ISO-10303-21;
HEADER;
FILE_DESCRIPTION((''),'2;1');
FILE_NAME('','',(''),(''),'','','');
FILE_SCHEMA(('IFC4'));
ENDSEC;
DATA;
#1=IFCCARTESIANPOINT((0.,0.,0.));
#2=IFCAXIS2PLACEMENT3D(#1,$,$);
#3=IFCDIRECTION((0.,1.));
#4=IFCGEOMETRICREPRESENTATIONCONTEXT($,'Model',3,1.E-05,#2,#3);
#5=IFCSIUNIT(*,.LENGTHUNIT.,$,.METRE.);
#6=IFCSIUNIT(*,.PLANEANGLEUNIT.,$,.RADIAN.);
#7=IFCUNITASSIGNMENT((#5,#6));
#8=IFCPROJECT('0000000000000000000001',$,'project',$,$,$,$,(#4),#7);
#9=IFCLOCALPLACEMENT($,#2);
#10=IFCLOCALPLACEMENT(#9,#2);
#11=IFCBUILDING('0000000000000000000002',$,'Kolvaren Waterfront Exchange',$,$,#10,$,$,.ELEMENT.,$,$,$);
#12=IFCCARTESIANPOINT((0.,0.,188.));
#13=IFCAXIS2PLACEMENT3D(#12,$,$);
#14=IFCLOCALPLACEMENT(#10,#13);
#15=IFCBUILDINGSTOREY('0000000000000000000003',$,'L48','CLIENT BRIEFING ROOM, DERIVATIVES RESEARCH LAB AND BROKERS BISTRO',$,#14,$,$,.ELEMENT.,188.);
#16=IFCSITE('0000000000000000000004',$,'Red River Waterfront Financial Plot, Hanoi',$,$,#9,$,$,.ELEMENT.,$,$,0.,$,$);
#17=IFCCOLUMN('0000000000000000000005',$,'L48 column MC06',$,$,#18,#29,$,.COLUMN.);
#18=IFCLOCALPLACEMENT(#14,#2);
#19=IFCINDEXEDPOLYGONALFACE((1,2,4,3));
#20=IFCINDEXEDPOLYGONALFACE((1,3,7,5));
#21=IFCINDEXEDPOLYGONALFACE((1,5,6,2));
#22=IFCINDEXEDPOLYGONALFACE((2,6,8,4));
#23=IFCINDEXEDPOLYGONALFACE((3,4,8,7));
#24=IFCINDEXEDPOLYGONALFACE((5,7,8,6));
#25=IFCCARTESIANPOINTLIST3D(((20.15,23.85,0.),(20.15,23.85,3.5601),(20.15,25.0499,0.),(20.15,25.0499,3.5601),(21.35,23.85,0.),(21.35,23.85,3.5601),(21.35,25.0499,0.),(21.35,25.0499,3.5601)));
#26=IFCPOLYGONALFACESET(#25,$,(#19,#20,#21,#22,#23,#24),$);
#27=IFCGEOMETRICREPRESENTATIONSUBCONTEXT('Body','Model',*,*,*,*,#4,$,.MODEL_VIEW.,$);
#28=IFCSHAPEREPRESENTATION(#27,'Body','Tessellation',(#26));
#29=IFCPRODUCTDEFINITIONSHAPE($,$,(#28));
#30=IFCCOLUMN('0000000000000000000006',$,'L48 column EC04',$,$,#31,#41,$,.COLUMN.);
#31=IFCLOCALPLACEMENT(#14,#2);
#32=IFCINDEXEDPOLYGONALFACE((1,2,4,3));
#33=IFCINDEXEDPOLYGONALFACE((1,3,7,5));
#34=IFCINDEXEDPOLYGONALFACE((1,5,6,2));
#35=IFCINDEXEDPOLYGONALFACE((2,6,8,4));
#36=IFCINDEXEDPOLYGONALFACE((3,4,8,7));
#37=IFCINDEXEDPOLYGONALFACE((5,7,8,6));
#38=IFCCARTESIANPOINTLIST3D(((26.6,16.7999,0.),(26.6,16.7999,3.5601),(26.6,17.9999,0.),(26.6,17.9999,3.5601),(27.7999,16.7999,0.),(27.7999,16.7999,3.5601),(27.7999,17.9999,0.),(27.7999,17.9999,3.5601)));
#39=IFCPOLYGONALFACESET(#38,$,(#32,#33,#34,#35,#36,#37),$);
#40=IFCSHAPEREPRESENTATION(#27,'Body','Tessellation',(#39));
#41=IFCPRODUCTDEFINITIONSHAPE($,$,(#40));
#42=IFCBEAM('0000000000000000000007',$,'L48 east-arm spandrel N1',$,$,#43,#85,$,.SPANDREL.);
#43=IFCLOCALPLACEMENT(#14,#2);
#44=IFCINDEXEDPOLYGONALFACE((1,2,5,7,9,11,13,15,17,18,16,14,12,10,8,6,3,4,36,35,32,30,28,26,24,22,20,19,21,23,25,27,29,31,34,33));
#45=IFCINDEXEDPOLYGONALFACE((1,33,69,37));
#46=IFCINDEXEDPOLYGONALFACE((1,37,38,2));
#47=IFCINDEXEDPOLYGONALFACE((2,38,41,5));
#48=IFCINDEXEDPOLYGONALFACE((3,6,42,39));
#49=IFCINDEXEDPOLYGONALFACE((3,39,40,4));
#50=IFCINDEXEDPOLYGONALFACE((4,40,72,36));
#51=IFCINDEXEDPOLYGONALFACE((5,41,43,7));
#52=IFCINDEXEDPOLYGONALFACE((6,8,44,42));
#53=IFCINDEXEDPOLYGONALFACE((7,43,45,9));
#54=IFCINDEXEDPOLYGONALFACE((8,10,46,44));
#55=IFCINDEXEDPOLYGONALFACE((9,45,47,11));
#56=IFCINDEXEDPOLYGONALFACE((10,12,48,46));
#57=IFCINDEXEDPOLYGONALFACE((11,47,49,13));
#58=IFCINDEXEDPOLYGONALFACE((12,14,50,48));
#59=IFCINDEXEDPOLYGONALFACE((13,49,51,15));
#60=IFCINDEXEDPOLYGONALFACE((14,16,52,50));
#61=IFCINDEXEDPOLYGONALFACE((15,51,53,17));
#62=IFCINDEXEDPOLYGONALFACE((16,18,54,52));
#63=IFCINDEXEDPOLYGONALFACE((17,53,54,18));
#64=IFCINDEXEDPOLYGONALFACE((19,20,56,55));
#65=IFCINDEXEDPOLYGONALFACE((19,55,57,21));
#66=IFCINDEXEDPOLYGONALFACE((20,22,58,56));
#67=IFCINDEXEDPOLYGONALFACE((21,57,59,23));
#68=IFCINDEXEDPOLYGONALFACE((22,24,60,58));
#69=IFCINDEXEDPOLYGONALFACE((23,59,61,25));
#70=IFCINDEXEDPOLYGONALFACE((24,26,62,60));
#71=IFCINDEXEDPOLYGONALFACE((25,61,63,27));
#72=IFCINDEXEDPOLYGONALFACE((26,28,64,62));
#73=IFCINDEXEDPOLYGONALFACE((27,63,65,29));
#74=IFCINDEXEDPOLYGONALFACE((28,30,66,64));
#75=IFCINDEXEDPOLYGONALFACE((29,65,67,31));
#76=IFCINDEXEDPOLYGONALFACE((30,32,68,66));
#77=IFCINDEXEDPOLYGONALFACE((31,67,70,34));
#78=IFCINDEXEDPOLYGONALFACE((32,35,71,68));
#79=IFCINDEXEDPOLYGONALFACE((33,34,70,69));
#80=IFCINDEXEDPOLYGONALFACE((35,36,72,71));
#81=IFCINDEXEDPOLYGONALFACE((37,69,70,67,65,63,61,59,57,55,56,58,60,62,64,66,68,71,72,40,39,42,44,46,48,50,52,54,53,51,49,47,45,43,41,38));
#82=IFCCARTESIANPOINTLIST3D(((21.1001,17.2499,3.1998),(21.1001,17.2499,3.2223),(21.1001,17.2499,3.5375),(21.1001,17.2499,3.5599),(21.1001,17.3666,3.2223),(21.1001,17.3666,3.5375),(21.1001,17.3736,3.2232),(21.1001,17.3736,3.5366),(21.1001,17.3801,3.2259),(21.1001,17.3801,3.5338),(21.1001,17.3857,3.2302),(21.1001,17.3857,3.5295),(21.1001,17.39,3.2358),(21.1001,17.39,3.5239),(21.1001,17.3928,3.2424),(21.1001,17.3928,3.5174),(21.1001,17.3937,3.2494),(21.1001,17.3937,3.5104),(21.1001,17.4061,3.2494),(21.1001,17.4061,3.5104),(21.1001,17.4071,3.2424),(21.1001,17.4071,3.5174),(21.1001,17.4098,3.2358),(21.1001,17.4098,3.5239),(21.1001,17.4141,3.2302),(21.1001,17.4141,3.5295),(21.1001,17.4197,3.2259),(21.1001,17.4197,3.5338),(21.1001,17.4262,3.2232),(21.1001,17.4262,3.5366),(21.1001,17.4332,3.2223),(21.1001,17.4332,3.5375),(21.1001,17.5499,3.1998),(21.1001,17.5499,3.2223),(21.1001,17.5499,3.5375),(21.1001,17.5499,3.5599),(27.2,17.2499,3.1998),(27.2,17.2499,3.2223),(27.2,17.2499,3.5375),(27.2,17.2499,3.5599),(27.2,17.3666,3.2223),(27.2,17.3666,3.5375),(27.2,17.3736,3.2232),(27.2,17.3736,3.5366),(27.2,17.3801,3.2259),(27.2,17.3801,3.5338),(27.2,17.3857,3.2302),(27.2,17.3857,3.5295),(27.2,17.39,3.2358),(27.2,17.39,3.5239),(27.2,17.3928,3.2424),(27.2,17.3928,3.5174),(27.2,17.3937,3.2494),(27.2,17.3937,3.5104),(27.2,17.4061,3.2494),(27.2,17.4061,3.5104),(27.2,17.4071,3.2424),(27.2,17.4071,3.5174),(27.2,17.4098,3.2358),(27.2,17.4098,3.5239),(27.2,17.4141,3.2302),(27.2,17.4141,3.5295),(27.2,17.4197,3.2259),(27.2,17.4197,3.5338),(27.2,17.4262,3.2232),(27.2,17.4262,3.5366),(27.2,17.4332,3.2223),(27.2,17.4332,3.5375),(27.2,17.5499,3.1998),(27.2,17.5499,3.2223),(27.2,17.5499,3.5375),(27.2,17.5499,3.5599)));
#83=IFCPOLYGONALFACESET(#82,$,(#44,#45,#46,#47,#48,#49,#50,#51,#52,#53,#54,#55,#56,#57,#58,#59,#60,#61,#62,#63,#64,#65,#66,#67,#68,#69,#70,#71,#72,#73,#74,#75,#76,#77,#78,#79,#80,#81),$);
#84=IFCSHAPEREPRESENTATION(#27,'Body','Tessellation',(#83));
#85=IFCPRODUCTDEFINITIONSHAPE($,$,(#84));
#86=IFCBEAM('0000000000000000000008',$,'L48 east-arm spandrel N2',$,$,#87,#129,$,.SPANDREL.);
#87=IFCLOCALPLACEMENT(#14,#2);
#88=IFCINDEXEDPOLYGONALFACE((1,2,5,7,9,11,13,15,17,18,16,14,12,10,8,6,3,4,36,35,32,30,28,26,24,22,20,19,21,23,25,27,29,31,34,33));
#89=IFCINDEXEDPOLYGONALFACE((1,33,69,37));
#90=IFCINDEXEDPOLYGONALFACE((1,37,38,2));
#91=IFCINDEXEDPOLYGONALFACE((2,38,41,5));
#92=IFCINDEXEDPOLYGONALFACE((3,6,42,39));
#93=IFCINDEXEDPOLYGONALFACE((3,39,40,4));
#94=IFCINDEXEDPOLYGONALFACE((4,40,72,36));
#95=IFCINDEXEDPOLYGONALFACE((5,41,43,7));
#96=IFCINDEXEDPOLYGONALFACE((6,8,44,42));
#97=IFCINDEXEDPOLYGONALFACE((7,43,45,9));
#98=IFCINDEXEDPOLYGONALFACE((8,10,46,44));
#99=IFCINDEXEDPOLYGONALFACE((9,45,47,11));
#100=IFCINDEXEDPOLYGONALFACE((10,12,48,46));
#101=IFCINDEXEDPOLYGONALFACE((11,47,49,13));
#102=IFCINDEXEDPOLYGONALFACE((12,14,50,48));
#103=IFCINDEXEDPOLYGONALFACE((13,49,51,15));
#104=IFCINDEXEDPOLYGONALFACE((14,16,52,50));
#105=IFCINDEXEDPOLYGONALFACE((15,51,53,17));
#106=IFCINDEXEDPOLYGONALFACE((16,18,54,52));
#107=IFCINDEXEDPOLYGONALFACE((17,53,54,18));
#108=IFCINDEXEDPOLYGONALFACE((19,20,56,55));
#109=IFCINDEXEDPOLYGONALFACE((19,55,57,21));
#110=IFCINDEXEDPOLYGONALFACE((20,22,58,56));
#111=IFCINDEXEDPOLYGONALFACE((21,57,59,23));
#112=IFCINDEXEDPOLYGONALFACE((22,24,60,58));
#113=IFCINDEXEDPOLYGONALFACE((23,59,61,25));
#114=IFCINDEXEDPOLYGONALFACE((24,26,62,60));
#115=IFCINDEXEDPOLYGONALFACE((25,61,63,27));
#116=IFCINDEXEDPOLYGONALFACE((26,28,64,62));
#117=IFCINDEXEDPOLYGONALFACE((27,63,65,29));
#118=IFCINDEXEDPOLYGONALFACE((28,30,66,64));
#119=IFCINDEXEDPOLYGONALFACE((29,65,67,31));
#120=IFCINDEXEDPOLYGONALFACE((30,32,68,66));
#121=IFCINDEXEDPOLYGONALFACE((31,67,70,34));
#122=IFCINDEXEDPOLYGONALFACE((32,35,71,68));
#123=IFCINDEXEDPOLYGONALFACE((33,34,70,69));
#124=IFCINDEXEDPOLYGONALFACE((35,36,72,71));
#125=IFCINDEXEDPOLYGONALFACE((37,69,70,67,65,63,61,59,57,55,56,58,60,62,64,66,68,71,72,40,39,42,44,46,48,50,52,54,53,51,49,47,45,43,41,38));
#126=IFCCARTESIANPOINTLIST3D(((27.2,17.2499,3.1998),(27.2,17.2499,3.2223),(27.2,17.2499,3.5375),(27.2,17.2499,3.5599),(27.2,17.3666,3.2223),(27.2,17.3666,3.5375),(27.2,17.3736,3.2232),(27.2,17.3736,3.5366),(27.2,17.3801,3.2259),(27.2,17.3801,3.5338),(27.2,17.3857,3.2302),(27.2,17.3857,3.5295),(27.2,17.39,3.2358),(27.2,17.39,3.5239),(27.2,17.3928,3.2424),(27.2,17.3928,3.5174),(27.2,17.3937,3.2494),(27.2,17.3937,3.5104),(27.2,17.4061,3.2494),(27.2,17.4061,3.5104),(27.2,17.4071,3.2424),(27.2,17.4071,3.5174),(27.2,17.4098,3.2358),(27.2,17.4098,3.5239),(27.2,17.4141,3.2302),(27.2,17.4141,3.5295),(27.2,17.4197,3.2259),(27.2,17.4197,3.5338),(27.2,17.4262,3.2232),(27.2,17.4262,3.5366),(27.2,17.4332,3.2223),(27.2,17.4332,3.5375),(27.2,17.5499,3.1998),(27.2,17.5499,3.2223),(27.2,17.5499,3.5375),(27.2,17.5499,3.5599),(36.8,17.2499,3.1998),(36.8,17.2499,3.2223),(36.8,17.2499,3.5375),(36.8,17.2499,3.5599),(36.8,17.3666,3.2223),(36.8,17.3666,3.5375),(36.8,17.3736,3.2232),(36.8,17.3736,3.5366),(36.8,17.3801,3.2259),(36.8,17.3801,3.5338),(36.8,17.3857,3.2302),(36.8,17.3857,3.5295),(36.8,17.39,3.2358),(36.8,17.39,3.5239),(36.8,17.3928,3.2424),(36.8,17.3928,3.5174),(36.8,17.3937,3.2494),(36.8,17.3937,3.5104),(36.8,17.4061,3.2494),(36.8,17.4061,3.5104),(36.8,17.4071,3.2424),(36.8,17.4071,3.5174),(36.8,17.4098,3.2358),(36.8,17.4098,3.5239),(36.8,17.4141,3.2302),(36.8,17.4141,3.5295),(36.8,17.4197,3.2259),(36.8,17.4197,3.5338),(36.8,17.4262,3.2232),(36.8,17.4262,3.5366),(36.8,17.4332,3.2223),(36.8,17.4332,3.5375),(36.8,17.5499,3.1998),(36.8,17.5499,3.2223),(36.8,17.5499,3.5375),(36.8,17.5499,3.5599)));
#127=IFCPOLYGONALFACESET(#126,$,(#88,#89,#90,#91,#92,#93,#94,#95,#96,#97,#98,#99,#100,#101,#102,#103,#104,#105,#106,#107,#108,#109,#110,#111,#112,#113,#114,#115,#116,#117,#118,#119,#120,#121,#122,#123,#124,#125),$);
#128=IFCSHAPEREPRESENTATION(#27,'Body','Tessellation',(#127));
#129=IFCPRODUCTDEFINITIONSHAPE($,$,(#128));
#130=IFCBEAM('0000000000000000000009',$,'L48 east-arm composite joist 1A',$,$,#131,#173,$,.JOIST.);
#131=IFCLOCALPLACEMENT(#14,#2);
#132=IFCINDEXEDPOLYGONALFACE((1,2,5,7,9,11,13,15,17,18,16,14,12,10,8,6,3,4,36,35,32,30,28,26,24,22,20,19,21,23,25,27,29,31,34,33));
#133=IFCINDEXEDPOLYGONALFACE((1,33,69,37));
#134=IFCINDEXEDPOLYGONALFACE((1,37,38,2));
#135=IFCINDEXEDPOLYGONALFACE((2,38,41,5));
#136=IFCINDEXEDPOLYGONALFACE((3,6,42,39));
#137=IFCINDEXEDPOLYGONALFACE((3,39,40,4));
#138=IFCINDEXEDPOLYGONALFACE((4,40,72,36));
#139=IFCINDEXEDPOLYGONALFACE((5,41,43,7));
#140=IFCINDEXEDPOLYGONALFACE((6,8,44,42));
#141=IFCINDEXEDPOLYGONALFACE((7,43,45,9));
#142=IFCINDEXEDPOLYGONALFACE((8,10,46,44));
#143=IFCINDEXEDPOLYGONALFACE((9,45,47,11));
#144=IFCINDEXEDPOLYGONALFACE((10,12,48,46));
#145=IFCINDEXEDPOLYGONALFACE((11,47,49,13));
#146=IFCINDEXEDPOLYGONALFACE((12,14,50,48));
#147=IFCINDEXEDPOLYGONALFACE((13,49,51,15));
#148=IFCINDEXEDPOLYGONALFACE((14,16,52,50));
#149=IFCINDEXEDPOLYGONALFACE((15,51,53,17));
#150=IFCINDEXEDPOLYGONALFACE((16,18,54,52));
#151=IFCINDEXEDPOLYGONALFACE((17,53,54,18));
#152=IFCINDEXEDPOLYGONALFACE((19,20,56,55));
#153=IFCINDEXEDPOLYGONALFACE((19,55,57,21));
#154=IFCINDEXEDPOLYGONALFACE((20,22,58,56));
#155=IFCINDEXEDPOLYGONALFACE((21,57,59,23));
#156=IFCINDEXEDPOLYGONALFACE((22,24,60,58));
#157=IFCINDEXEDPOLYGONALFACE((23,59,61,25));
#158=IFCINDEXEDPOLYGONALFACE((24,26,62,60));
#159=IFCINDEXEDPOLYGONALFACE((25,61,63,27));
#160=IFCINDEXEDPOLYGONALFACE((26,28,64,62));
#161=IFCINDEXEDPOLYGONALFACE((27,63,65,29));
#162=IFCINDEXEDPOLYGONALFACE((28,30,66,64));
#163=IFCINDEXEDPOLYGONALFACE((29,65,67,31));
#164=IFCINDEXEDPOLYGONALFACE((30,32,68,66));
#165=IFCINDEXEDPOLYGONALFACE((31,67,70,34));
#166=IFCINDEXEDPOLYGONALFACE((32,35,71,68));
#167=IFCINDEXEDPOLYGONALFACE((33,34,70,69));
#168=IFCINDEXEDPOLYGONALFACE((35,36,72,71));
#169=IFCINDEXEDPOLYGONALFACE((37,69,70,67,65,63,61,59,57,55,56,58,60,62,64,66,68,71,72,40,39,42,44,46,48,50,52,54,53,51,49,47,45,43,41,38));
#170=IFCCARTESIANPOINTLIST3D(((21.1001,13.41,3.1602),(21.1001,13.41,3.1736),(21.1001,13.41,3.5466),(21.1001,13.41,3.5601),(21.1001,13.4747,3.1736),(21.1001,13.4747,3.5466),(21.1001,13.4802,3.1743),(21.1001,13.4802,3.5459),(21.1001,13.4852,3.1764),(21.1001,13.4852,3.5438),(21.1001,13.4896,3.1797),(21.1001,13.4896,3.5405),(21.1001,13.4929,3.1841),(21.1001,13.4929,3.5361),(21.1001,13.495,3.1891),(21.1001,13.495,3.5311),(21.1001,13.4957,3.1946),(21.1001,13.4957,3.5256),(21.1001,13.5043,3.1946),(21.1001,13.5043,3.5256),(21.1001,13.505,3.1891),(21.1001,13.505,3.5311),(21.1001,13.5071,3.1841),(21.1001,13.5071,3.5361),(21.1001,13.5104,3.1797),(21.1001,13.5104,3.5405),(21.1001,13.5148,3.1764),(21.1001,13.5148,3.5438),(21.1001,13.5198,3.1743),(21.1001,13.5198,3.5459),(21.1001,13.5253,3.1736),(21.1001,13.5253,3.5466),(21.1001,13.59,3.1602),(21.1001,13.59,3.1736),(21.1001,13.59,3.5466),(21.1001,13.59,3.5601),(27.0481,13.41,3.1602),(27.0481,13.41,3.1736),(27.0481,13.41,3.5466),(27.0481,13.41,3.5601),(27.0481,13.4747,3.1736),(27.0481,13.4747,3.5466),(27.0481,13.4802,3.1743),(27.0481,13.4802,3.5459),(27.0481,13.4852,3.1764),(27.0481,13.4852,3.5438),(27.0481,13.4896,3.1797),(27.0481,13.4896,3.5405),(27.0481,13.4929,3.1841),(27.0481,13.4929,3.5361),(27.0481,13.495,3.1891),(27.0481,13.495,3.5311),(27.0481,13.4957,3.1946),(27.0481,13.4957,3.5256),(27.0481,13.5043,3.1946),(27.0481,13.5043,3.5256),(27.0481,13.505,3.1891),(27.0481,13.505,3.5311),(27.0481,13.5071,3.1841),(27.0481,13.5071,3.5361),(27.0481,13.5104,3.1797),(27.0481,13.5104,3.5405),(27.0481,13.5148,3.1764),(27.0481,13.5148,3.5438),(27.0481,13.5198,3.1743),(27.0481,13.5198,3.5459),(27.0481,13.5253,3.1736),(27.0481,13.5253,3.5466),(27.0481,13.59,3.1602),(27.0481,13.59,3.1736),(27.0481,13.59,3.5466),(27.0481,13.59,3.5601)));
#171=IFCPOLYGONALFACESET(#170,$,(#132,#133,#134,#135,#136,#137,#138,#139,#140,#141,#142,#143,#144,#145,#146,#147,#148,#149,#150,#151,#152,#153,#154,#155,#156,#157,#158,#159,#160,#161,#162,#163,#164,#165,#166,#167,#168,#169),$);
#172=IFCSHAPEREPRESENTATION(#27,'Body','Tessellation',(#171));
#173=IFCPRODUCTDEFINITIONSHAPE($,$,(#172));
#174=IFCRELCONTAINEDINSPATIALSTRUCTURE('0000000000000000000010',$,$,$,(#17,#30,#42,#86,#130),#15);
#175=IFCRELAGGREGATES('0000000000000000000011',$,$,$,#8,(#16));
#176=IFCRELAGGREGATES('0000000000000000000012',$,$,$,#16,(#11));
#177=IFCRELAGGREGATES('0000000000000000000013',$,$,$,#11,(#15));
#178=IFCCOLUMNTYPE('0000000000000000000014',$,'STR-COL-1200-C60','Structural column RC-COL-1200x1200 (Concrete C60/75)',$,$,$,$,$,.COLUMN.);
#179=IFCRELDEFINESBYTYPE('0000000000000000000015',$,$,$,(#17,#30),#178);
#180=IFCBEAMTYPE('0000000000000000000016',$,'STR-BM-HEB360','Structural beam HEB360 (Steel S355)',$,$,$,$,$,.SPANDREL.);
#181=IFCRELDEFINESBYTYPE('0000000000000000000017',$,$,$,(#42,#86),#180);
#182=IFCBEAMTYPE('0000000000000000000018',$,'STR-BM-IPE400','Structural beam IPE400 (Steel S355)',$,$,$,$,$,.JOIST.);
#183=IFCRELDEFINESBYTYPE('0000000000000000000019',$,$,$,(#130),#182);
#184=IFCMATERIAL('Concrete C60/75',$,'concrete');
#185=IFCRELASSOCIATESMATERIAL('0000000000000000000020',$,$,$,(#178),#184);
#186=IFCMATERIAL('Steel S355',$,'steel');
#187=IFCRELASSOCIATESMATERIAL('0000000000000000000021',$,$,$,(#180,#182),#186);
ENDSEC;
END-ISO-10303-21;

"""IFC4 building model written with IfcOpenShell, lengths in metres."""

from ifc_helpers import new_model, si_unit, direction, frame, origin, origin_2d, place, context, subcontext, project, spatial, rectangle, i_section, extrude, material, material_profile, profile_set, type_object, element, save


model = new_model("IFC4")

# Units and contexts
model_context = context("Model", 3, precision=1e-05, world=origin(), true_north=direction((0.0, 1.0)))
body_context = subcontext(model_context, "Body", "Model", "MODEL_VIEW")
ifc_project = project(units=[si_unit("LENGTHUNIT", "METRE"), si_unit("PLANEANGLEUNIT", "RADIAN")], contexts=[model_context])

# Site, building, storey
site_placement = place(None, origin())
site = spatial("IfcSite", under=ifc_project, at=site_placement, Name="Red River Waterfront Financial Plot, Hanoi", CompositionType="ELEMENT", RefElevation=0.0)
building_placement = place(site_placement, origin())
building = spatial("IfcBuilding", under=site, at=building_placement, Name="Kolvaren Waterfront Exchange", CompositionType="ELEMENT")
storey_placement = place(building_placement, frame((0.0, 0.0, 188.0)))
storey = spatial("IfcBuildingStorey", under=building, at=storey_placement, Name="L48", Description="CLIENT BRIEFING ROOM, DERIVATIVES RESEARCH LAB AND BROKERS BISTRO", CompositionType="ELEMENT", Elevation=188.0)

# Columns
ifc_material_1 = material(Name="Concrete C60/75", Category="concrete")
ifc_material_profile_1 = material_profile(ifc_material_1, rectangle(XDim=1.2, YDim=1.2, at=origin_2d()), Name="RC-COL-1200x1200")
ifc_profile_set_1 = profile_set([ifc_material_profile_1], Name="Concrete C60/75")
column_type = type_object("IfcColumnType", Name="STR-COL-1200-C60", Description="Structural column RC-COL-1200x1200 (Concrete C60/75)", PredefinedType="COLUMN", material=ifc_profile_set_1)
for number, where, z_axis, x_axis, name in (
    (1, (20.75, 24.45, 0.0), (0.0, 0.0, 1.0), (1.0, 0.0, 0.0), "L48 column MC06"),
    (2, (27.2, 17.3999, 0.0), (0.0, 0.0, 1.0), (1.0, 0.0, 0.0), "L48 column EC04"),
):
    element("IfcColumn", number, at=place(storey_placement, frame(where, z_axis=z_axis, x_axis=x_axis)), inside=storey, type_object=column_type, Name=name, PredefinedType="COLUMN", context=body_context, shape_type="SweptSolid", body=[
        extrude(rectangle(XDim=1.2, YDim=1.2, at=origin_2d()), origin(), (0.0, 0.0, 1.0), 3.5601),
    ])

# Beams
ifc_material_2 = material(Name="Steel S355", Category="steel")
ifc_material_profile_2 = material_profile(ifc_material_2, i_section(OverallWidth=0.3, OverallDepth=0.3601, WebThickness=0.0125, FlangeThickness=0.0225, FilletRadius=0.0271, at=origin_2d()), Name="HEB360")
ifc_profile_set_2 = profile_set([ifc_material_profile_2], Name="Steel S355")
beam_type_1 = type_object("IfcBeamType", Name="STR-BM-HEB360", Description="Structural beam HEB360 (Steel S355)", PredefinedType="SPANDREL", material=ifc_profile_set_2)
beam_1_placement = place(storey_placement, frame((21.1001, 17.3999, 3.3799), z_axis=(1.0, 0.0, 0.0), x_axis=(0.0, 1.0, 0.0)))
element("IfcBeam", 3, at=beam_1_placement, inside=storey, type_object=beam_type_1, Name="L48 east-arm spandrel N1", PredefinedType="SPANDREL", context=body_context, shape_type="SweptSolid", body=[
    extrude(i_section(OverallWidth=0.3, OverallDepth=0.3601, WebThickness=0.0125, FlangeThickness=0.0225, FilletRadius=0.0271, at=origin_2d()), origin(), (0.0, 0.0, 1.0), 6.0999),
])
beam_2_placement = place(storey_placement, frame((27.2, 17.3999, 3.3799), z_axis=(1.0, 0.0, 0.0), x_axis=(0.0, 1.0, 0.0)))
element("IfcBeam", 4, at=beam_2_placement, inside=storey, type_object=beam_type_1, Name="L48 east-arm spandrel N2", PredefinedType="SPANDREL", context=body_context, shape_type="SweptSolid", body=[
    extrude(i_section(OverallWidth=0.3, OverallDepth=0.3601, WebThickness=0.0125, FlangeThickness=0.0225, FilletRadius=0.0271, at=origin_2d()), origin(), (0.0, 0.0, 1.0), 9.6001),
])
ifc_material_profile_3 = material_profile(ifc_material_2, i_section(OverallWidth=0.1799, OverallDepth=0.3999, WebThickness=0.0085, FlangeThickness=0.0134, FilletRadius=0.021, at=origin_2d()), Name="IPE400")
ifc_profile_set_3 = profile_set([ifc_material_profile_3], Name="Steel S355")
beam_type_2 = type_object("IfcBeamType", Name="STR-BM-IPE400", Description="Structural beam IPE400 (Steel S355)", PredefinedType="JOIST", material=ifc_profile_set_3)
for number, where, z_axis, x_axis, name in (
    (5, (21.1001, 13.5, 3.3601), (1.0, 0.0, 0.0), (0.0, 1.0, 0.0), "L48 east-arm composite joist 1A"),
):
    element("IfcBeam", number, at=place(storey_placement, frame(where, z_axis=z_axis, x_axis=x_axis)), inside=storey, type_object=beam_type_2, Name=name, PredefinedType="JOIST", context=body_context, shape_type="SweptSolid", body=[
        extrude(i_section(OverallWidth=0.1799, OverallDepth=0.3999, WebThickness=0.0085, FlangeThickness=0.0134, FilletRadius=0.021, at=origin_2d()), origin(), (0.0, 0.0, 1.0), 5.948),
    ])

save(model, "model.ifc")
